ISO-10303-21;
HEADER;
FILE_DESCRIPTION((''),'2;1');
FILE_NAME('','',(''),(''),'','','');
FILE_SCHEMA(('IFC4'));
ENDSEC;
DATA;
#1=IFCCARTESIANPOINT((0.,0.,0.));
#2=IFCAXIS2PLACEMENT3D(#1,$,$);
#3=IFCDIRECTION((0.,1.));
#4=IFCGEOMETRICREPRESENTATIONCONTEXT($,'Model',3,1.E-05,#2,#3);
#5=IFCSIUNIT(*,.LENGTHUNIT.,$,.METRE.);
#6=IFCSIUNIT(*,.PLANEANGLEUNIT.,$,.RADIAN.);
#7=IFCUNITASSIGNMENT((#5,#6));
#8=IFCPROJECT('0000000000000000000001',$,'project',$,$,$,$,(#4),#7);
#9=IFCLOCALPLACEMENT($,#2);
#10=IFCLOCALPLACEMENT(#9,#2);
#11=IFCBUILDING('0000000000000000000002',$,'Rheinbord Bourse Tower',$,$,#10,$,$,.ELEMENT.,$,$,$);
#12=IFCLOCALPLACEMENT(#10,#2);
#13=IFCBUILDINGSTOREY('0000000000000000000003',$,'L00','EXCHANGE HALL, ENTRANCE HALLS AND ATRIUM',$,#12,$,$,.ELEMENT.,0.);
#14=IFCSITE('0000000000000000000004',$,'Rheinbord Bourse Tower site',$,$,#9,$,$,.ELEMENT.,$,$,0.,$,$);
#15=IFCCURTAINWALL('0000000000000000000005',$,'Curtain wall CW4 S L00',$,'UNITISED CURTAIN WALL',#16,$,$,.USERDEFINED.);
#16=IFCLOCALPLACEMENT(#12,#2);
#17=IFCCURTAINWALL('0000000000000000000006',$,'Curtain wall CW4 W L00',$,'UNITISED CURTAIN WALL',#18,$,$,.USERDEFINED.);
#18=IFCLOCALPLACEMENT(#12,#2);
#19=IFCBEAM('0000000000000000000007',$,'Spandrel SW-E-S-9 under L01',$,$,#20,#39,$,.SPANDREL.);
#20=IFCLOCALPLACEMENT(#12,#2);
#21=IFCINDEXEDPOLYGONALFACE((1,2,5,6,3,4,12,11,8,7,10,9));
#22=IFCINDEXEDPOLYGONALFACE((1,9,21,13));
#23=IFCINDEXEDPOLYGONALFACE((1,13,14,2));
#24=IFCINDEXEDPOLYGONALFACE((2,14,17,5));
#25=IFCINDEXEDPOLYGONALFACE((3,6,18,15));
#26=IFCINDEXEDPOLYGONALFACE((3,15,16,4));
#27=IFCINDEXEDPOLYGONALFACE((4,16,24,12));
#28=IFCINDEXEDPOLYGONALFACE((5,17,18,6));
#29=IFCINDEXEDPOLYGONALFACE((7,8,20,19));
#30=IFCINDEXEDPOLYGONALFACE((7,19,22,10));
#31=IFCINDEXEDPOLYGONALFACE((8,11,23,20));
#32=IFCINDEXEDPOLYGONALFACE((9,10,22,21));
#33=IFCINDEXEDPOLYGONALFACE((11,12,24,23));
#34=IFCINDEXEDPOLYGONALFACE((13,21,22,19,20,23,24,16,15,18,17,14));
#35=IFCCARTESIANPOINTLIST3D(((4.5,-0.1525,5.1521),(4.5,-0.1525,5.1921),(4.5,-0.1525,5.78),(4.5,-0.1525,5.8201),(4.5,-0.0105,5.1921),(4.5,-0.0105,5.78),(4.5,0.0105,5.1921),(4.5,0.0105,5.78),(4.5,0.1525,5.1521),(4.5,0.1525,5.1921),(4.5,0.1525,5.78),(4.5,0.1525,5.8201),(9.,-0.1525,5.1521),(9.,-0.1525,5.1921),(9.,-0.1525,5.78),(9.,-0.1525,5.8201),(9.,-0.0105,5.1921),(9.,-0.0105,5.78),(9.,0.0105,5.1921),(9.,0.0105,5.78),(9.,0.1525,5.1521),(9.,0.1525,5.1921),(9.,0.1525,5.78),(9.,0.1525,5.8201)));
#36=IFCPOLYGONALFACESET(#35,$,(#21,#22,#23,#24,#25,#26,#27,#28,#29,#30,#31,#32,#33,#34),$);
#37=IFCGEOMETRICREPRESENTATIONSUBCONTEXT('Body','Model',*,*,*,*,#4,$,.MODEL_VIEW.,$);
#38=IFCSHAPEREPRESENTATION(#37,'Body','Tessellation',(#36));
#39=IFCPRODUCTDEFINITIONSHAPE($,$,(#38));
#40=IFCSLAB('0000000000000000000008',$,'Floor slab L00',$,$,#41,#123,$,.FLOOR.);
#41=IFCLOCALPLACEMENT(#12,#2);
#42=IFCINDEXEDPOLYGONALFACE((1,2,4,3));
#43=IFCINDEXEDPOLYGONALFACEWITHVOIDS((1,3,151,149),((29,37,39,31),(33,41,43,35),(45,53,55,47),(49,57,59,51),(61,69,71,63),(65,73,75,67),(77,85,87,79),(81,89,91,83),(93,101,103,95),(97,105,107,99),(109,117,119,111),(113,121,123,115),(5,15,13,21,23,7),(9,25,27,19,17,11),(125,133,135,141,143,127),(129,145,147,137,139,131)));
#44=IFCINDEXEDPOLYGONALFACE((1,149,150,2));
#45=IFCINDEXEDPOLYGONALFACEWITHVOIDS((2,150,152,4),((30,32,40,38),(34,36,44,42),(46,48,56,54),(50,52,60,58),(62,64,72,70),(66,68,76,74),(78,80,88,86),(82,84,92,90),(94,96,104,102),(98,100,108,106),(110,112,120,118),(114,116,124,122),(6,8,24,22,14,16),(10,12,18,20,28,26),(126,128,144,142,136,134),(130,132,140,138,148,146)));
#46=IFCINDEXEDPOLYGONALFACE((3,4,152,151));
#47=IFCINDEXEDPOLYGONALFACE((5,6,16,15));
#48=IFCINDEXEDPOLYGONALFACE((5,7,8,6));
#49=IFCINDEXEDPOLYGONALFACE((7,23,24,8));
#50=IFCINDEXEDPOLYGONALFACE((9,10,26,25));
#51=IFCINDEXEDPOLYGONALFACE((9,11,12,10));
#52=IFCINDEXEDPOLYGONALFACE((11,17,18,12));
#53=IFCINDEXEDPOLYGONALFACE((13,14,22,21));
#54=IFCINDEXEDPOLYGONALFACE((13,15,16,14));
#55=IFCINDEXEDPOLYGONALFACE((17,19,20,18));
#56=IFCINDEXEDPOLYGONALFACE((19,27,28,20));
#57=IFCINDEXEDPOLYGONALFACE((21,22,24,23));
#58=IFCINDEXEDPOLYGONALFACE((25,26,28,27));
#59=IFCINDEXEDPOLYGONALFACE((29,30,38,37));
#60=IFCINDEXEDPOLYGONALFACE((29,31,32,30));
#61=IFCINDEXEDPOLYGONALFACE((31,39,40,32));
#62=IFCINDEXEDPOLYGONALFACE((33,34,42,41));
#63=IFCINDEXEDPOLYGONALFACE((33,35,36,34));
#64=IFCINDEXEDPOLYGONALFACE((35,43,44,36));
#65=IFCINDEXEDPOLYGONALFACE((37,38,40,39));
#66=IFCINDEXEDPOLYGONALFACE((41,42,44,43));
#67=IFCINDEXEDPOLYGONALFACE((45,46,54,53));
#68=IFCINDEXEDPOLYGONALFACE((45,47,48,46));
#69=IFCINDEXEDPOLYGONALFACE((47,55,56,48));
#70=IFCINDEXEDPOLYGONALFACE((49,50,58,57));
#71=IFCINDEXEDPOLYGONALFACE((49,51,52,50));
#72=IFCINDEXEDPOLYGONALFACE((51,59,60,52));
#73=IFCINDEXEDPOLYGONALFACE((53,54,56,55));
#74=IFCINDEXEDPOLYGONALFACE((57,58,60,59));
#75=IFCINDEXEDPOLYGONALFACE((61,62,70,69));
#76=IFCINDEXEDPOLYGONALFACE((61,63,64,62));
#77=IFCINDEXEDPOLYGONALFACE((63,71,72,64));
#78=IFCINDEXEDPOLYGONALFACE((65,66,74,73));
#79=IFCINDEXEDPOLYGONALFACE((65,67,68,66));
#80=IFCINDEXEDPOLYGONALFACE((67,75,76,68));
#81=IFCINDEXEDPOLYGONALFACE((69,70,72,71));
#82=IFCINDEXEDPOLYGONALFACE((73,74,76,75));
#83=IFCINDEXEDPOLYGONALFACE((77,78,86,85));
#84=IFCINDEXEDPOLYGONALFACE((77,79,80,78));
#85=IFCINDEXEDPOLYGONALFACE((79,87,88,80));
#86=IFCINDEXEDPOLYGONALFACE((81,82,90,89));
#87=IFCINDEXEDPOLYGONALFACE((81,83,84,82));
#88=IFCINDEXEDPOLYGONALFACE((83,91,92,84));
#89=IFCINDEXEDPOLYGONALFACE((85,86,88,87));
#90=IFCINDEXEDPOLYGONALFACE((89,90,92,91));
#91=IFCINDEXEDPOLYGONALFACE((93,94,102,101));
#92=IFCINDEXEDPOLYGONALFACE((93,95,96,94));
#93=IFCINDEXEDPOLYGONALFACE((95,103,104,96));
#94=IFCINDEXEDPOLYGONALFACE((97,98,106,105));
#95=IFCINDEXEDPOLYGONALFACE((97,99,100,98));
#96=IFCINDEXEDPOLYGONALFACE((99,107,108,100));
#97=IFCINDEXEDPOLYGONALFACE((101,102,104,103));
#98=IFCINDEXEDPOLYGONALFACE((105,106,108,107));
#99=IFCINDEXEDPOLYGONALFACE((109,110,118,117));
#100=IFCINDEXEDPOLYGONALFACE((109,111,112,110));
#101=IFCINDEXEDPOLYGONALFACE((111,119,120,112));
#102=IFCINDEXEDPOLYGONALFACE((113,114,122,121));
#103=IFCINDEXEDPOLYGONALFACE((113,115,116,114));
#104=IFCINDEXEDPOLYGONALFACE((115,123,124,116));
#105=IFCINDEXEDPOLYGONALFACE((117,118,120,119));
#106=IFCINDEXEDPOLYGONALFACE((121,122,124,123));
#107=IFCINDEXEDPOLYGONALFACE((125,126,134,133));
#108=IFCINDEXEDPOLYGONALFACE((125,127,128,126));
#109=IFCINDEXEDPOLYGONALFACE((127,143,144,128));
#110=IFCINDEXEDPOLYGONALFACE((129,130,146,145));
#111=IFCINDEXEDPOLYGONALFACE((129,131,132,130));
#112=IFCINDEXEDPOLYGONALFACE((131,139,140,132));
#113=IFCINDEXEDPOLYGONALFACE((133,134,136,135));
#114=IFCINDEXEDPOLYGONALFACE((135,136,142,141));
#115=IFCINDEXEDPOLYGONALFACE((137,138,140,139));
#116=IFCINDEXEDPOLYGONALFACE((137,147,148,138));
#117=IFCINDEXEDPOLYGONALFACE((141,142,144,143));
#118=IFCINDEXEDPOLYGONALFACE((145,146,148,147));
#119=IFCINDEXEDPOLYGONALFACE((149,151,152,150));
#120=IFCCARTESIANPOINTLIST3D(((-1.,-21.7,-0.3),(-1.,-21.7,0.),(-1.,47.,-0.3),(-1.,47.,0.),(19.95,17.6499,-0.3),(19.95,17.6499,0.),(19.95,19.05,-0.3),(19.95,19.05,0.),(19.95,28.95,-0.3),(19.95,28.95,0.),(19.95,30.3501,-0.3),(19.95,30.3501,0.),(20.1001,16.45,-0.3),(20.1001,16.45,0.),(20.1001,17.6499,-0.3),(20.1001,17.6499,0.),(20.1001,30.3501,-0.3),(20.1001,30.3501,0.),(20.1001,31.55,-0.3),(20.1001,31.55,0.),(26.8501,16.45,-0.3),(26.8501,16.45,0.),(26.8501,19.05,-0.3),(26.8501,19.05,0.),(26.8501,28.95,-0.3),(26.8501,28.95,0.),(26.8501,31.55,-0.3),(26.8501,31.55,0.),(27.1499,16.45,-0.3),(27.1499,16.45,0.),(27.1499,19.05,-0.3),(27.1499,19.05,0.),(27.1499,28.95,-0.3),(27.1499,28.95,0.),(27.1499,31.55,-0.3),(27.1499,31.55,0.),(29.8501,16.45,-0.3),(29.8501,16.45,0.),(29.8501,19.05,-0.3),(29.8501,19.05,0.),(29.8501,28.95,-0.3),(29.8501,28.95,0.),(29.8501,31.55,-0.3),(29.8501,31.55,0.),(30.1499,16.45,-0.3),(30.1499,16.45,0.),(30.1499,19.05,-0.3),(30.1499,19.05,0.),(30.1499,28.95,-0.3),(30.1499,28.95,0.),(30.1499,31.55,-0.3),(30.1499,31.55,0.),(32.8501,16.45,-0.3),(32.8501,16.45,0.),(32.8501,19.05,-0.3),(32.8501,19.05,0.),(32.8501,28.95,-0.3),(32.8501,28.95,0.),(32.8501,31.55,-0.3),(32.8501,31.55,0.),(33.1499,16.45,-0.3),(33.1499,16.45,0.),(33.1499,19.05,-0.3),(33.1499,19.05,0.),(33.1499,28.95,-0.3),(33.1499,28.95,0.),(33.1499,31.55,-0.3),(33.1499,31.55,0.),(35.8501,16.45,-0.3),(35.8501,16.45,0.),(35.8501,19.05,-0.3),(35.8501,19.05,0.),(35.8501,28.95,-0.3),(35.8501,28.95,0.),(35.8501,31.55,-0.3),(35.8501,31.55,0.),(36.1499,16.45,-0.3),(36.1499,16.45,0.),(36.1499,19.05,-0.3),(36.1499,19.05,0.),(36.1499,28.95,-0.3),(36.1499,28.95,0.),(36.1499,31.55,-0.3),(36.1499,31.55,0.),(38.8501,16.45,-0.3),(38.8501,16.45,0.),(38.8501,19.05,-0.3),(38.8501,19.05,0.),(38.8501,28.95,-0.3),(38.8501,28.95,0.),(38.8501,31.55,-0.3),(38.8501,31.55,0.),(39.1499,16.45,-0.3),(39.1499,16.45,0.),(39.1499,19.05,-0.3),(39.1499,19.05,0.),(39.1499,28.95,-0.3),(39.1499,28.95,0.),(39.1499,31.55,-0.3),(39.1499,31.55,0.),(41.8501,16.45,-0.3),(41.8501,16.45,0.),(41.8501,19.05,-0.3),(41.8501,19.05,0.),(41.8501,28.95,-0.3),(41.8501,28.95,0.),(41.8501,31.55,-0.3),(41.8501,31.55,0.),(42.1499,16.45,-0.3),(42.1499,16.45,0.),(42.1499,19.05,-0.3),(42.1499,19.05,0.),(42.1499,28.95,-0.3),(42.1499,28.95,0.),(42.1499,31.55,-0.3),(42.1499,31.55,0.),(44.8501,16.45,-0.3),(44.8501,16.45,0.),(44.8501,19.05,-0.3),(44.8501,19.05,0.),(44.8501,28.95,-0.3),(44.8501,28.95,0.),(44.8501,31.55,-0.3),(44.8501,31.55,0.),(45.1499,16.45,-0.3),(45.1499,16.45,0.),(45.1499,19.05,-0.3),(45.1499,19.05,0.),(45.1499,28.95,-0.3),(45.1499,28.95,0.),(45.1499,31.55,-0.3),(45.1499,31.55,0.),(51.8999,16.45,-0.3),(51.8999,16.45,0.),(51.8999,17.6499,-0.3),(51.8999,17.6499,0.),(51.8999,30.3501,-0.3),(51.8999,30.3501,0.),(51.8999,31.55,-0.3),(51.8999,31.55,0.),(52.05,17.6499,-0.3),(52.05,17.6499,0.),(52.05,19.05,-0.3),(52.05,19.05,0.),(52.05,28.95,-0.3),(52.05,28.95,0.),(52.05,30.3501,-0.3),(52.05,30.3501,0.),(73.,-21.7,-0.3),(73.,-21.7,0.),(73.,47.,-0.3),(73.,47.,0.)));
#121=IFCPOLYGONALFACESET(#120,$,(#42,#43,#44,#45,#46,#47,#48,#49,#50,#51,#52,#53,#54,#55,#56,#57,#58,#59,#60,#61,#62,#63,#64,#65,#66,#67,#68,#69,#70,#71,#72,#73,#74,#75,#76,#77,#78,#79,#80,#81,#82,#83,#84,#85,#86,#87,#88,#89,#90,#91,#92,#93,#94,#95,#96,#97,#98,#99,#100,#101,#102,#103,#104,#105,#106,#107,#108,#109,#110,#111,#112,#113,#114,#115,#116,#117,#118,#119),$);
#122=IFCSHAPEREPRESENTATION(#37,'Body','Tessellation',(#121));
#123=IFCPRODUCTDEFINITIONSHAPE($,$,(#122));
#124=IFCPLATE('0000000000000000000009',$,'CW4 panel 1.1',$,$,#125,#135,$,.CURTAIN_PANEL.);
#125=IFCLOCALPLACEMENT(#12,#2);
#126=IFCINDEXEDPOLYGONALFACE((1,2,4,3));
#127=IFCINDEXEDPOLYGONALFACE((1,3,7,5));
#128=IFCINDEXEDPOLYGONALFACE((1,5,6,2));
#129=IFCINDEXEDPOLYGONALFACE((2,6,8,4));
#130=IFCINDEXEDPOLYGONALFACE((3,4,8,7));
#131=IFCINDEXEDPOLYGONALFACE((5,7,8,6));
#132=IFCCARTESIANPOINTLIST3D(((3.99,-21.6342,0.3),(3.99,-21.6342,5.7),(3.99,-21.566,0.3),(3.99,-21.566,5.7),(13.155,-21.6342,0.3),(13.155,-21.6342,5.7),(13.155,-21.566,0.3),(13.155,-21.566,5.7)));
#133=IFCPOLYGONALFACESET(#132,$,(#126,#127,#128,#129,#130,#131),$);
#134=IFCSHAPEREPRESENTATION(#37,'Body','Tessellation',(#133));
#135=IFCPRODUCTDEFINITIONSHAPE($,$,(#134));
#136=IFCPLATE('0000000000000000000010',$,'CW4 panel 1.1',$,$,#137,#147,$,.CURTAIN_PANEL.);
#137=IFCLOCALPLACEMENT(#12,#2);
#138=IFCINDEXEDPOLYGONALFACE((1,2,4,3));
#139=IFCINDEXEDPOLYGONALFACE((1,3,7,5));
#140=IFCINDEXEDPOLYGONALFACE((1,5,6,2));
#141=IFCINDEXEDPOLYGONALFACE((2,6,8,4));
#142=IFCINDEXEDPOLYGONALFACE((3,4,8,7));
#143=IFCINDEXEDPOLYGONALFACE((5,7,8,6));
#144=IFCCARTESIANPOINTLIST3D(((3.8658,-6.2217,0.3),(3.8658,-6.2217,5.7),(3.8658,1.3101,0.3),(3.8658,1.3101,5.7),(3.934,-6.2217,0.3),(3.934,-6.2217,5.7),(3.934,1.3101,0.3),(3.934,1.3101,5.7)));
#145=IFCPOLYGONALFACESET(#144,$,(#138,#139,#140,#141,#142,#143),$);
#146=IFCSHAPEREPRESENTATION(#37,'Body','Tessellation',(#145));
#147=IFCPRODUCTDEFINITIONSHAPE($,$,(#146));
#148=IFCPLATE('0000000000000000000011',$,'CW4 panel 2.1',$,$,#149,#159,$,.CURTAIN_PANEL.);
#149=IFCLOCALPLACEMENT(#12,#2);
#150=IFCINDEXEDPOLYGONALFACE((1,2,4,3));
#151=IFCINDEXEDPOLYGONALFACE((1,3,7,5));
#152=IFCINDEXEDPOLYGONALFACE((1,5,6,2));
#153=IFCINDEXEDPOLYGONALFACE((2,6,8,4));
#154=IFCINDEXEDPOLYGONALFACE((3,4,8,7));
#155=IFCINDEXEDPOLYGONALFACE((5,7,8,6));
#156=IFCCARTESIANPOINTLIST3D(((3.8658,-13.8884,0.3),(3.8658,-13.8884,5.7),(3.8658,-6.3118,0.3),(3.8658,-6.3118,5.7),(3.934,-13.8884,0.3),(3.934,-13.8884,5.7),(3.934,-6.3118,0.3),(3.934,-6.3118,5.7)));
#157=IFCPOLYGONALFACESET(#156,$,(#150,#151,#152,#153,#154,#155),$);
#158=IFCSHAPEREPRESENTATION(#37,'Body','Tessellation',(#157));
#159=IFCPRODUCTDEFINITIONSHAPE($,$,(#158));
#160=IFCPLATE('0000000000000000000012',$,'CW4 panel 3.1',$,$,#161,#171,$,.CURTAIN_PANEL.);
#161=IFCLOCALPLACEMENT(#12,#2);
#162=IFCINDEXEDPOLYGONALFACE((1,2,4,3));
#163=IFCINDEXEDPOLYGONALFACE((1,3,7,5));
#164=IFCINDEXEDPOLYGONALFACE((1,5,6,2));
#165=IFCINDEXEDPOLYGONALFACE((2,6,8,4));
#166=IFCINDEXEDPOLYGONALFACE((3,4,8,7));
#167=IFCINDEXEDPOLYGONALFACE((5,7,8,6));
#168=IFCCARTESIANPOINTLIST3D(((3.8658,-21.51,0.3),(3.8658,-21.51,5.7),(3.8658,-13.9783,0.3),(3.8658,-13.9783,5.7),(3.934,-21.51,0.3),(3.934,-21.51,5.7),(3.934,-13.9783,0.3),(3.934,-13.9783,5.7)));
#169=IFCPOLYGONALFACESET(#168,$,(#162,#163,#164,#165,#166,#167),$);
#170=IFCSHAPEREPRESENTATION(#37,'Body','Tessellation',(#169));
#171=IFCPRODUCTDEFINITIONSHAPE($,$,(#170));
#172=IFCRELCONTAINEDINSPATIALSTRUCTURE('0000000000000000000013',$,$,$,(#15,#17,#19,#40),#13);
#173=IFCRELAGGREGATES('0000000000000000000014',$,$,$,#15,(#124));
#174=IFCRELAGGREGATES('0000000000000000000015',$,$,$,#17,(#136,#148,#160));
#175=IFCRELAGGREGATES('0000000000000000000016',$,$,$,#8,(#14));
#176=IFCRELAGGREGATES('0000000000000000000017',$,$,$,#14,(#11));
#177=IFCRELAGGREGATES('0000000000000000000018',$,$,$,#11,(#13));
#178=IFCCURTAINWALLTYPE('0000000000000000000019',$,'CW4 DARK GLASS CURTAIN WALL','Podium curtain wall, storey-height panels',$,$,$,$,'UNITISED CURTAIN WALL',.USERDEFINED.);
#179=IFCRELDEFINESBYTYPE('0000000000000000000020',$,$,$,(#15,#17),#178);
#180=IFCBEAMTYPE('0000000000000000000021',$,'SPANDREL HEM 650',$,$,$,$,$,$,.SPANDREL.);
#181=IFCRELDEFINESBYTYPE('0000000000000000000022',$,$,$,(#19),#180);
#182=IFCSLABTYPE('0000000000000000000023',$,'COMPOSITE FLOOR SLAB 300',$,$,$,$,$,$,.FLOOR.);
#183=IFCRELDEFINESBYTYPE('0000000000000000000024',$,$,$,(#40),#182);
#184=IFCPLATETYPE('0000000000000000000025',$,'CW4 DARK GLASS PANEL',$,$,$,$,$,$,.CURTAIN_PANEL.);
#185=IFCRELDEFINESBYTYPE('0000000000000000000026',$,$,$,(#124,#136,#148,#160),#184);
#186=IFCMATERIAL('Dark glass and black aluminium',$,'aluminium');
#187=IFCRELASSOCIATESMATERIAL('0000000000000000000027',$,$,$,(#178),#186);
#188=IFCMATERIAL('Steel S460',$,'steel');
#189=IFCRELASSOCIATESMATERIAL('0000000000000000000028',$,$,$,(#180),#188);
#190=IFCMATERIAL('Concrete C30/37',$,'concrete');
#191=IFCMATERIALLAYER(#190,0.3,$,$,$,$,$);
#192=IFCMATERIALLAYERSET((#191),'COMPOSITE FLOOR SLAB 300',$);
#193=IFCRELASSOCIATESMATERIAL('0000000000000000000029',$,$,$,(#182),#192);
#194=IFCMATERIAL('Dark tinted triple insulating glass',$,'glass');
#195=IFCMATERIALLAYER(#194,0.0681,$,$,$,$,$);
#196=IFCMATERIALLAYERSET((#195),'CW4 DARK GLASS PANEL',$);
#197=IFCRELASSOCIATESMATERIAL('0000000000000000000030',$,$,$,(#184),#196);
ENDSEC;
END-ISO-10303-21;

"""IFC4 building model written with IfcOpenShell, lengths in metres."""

from ifc_helpers import new_model, si_unit, direction, frame, origin, origin_2d, place, context, subcontext, project, spatial, polyline, rectangle, i_section, outline, extrude, material, layer, layer_set, material_profile, profile_set, type_object, element, aggregate, save


model = new_model("IFC4")

# Units and contexts
model_context = context("Model", 3, precision=1e-05, world=origin(), true_north=direction((0.0, 1.0)))
body_context = subcontext(model_context, "Body", "Model", "MODEL_VIEW")
ifc_project = project(units=[si_unit("LENGTHUNIT", "METRE"), si_unit("PLANEANGLEUNIT", "RADIAN")], contexts=[model_context])

# Site, building, storey
site_placement = place(None, origin())
site = spatial("IfcSite", under=ifc_project, at=site_placement, Name="Rheinbord Bourse Tower site", CompositionType="ELEMENT", RefElevation=0.0)
building_placement = place(site_placement, origin())
building = spatial("IfcBuilding", under=site, at=building_placement, Name="Rheinbord Bourse Tower", CompositionType="ELEMENT")
storey_placement = place(building_placement, origin())
storey = spatial("IfcBuildingStorey", under=building, at=storey_placement, Name="L00", Description="EXCHANGE HALL, ENTRANCE HALLS AND ATRIUM", CompositionType="ELEMENT", Elevation=0.0)

# Curtain wall
ifc_material_1 = material(Name="Dark glass and black aluminium", Category="aluminium")
curtain_wall_type = type_object("IfcCurtainWallType", Name="CW4 DARK GLASS CURTAIN WALL", Description="Podium curtain wall, storey-height panels", ElementType="UNITISED CURTAIN WALL", PredefinedType="USERDEFINED", material=ifc_material_1)
curtain_wall_1_placement = place(storey_placement, origin())
curtain_wall_1 = element("IfcCurtainWall", 1, at=curtain_wall_1_placement, inside=storey, type_object=curtain_wall_type, Name="Curtain wall CW4 S L00", ObjectType="UNITISED CURTAIN WALL", PredefinedType="USERDEFINED")

# Curtain wall
curtain_wall_2_placement = place(storey_placement, origin())
curtain_wall_2 = element("IfcCurtainWall", 2, at=curtain_wall_2_placement, inside=storey, type_object=curtain_wall_type, Name="Curtain wall CW4 W L00", ObjectType="UNITISED CURTAIN WALL", PredefinedType="USERDEFINED")

# Beam
ifc_material_2 = material(Name="Steel S460", Category="steel")
ifc_material_profile_1 = material_profile(ifc_material_2, i_section(OverallWidth=0.3049, OverallDepth=0.668, WebThickness=0.021, FlangeThickness=0.04, at=origin_2d()), Name="HEM 650")
ifc_profile_set_1 = profile_set([ifc_material_profile_1], Name="Steel S460")
beam_type_1 = type_object("IfcBeamType", Name="SPANDREL HEM 650", PredefinedType="SPANDREL", material=ifc_profile_set_1)
beam_1_placement = place(storey_placement, frame((4.5, 0.0, 5.4861), z_axis=(1.0, 0.0, 0.0), x_axis=(0.0, 1.0, 0.0)))
element("IfcBeam", 3, at=beam_1_placement, inside=storey, type_object=beam_type_1, Name="Spandrel SW-E-S-9 under L01", PredefinedType="SPANDREL", context=body_context, shape_type="SweptSolid", body=[
    extrude(i_section(OverallWidth=0.3049, OverallDepth=0.668, WebThickness=0.021, FlangeThickness=0.04, at=origin_2d()), origin(), (0.0, 0.0, 1.0), 4.5),
])

# Slab
ifc_material_3 = material(Name="Concrete C30/37", Category="concrete")
ifc_layer_1 = layer(ifc_material_3, 0.3)
ifc_layer_set_1 = layer_set([ifc_layer_1], Name="COMPOSITE FLOOR SLAB 300")
slab_type_1 = type_object("IfcSlabType", Name="COMPOSITE FLOOR SLAB 300", PredefinedType="FLOOR", material=ifc_layer_set_1)
slab_1_placement = place(storey_placement, frame((0.0, 0.0, -0.3)))
element("IfcSlab", 4, at=slab_1_placement, inside=storey, type_object=slab_type_1, Name="Floor slab L00", PredefinedType="FLOOR", context=body_context, shape_type="SweptSolid", body=[
    extrude(outline(polyline([(-1.0, -21.7), (-1.0, 47.0), (73.0, 47.0), (73.0, -21.7), (-1.0, -21.7)]), holes=[polyline([(19.95, 19.05), (26.8501, 19.05), (26.8501, 16.45), (20.1001, 16.45), (20.1001, 17.6499), (19.95, 17.6499), (19.95, 19.05)]), polyline([(26.8501, 31.55), (26.8501, 28.95), (19.95, 28.95), (19.95, 30.3501), (20.1001, 30.3501), (20.1001, 31.55), (26.8501, 31.55)]), polyline([(45.1499, 16.45), (45.1499, 19.05), (52.05, 19.05), (52.05, 17.6499), (51.8999, 17.6499), (51.8999, 16.45), (45.1499, 16.45)]), polyline([(52.05, 28.95), (45.1499, 28.95), (45.1499, 31.55), (51.8999, 31.55), (51.8999, 30.3501), (52.05, 30.3501), (52.05, 28.95)]), polyline([(27.1499, 16.45), (27.1499, 19.05), (29.8501, 19.05), (29.8501, 16.45), (27.1499, 16.45)]), polyline([(27.1499, 28.95), (27.1499, 31.55), (29.8501, 31.55), (29.8501, 28.95), (27.1499, 28.95)]), polyline([(30.1499, 16.45), (30.1499, 19.05), (32.8501, 19.05), (32.8501, 16.45), (30.1499, 16.45)]), polyline([(30.1499, 28.95), (30.1499, 31.55), (32.8501, 31.55), (32.8501, 28.95), (30.1499, 28.95)]), polyline([(33.1499, 16.45), (33.1499, 19.05), (35.8501, 19.05), (35.8501, 16.45), (33.1499, 16.45)]), polyline([(33.1499, 28.95), (33.1499, 31.55), (35.8501, 31.55), (35.8501, 28.95), (33.1499, 28.95)]), polyline([(36.1499, 16.45), (36.1499, 19.05), (38.8501, 19.05), (38.8501, 16.45), (36.1499, 16.45)]), polyline([(36.1499, 28.95), (36.1499, 31.55), (38.8501, 31.55), (38.8501, 28.95), (36.1499, 28.95)]), polyline([(39.1499, 16.45), (39.1499, 19.05), (41.8501, 19.05), (41.8501, 16.45), (39.1499, 16.45)]), polyline([(39.1499, 28.95), (39.1499, 31.55), (41.8501, 31.55), (41.8501, 28.95), (39.1499, 28.95)]), polyline([(42.1499, 16.45), (42.1499, 19.05), (44.8501, 19.05), (44.8501, 16.45), (42.1499, 16.45)]), polyline([(42.1499, 28.95), (42.1499, 31.55), (44.8501, 31.55), (44.8501, 28.95), (42.1499, 28.95)])]), origin(), (0.0, 0.0, 1.0), 0.3),
])

# Plates
ifc_material_4 = material(Name="Dark tinted triple insulating glass", Category="glass")
ifc_layer_2 = layer(ifc_material_4, 0.0681)
ifc_layer_set_2 = layer_set([ifc_layer_2], Name="CW4 DARK GLASS PANEL")
plate_type = type_object("IfcPlateType", Name="CW4 DARK GLASS PANEL", PredefinedType="CURTAIN_PANEL", material=ifc_layer_set_2)
plate_1_placement = place(storey_placement, frame((8.5725, -21.6001, 0.3), z_axis=(0.0, 0.0, 1.0), x_axis=(1.0, 0.0, 0.0)))
plate_1 = element("IfcPlate", 5, at=plate_1_placement, type_object=plate_type, Name="CW4 panel 1.1", PredefinedType="CURTAIN_PANEL", context=body_context, shape_type="SweptSolid", body=[
    extrude(rectangle(XDim=9.165, YDim=0.0681, at=origin_2d()), origin(), (0.0, 0.0, 1.0), 5.3999),
])
aggregate(curtain_wall_1, [plate_1])
plate_2_placement = place(storey_placement, frame((3.8999, -2.4558, 0.3), z_axis=(0.0, 0.0, 1.0), x_axis=(0.0, -1.0, 0.0)))
plate_2 = element("IfcPlate", 6, at=plate_2_placement, type_object=plate_type, Name="CW4 panel 1.1", PredefinedType="CURTAIN_PANEL", context=body_context, shape_type="SweptSolid", body=[
    extrude(rectangle(XDim=7.5317, YDim=0.0681, at=origin_2d()), origin(), (0.0, 0.0, 1.0), 5.3999),
])
plate_3_placement = place(storey_placement, frame((3.8999, -10.1001, 0.3), z_axis=(0.0, 0.0, 1.0), x_axis=(0.0, -1.0, 0.0)))
plate_3 = element("IfcPlate", 7, at=plate_3_placement, type_object=plate_type, Name="CW4 panel 2.1", PredefinedType="CURTAIN_PANEL", context=body_context, shape_type="SweptSolid", body=[
    extrude(rectangle(XDim=7.5767, YDim=0.0681, at=origin_2d()), origin(), (0.0, 0.0, 1.0), 5.3999),
])
plate_4_placement = place(storey_placement, frame((3.8999, -17.7441, 0.3), z_axis=(0.0, 0.0, 1.0), x_axis=(0.0, -1.0, 0.0)))
plate_4 = element("IfcPlate", 8, at=plate_4_placement, type_object=plate_type, Name="CW4 panel 3.1", PredefinedType="CURTAIN_PANEL", context=body_context, shape_type="SweptSolid", body=[
    extrude(rectangle(XDim=7.5317, YDim=0.0681, at=origin_2d()), origin(), (0.0, 0.0, 1.0), 5.3999),
])
aggregate(curtain_wall_2, [plate_2, plate_3, plate_4])

save(model, "model.ifc")
